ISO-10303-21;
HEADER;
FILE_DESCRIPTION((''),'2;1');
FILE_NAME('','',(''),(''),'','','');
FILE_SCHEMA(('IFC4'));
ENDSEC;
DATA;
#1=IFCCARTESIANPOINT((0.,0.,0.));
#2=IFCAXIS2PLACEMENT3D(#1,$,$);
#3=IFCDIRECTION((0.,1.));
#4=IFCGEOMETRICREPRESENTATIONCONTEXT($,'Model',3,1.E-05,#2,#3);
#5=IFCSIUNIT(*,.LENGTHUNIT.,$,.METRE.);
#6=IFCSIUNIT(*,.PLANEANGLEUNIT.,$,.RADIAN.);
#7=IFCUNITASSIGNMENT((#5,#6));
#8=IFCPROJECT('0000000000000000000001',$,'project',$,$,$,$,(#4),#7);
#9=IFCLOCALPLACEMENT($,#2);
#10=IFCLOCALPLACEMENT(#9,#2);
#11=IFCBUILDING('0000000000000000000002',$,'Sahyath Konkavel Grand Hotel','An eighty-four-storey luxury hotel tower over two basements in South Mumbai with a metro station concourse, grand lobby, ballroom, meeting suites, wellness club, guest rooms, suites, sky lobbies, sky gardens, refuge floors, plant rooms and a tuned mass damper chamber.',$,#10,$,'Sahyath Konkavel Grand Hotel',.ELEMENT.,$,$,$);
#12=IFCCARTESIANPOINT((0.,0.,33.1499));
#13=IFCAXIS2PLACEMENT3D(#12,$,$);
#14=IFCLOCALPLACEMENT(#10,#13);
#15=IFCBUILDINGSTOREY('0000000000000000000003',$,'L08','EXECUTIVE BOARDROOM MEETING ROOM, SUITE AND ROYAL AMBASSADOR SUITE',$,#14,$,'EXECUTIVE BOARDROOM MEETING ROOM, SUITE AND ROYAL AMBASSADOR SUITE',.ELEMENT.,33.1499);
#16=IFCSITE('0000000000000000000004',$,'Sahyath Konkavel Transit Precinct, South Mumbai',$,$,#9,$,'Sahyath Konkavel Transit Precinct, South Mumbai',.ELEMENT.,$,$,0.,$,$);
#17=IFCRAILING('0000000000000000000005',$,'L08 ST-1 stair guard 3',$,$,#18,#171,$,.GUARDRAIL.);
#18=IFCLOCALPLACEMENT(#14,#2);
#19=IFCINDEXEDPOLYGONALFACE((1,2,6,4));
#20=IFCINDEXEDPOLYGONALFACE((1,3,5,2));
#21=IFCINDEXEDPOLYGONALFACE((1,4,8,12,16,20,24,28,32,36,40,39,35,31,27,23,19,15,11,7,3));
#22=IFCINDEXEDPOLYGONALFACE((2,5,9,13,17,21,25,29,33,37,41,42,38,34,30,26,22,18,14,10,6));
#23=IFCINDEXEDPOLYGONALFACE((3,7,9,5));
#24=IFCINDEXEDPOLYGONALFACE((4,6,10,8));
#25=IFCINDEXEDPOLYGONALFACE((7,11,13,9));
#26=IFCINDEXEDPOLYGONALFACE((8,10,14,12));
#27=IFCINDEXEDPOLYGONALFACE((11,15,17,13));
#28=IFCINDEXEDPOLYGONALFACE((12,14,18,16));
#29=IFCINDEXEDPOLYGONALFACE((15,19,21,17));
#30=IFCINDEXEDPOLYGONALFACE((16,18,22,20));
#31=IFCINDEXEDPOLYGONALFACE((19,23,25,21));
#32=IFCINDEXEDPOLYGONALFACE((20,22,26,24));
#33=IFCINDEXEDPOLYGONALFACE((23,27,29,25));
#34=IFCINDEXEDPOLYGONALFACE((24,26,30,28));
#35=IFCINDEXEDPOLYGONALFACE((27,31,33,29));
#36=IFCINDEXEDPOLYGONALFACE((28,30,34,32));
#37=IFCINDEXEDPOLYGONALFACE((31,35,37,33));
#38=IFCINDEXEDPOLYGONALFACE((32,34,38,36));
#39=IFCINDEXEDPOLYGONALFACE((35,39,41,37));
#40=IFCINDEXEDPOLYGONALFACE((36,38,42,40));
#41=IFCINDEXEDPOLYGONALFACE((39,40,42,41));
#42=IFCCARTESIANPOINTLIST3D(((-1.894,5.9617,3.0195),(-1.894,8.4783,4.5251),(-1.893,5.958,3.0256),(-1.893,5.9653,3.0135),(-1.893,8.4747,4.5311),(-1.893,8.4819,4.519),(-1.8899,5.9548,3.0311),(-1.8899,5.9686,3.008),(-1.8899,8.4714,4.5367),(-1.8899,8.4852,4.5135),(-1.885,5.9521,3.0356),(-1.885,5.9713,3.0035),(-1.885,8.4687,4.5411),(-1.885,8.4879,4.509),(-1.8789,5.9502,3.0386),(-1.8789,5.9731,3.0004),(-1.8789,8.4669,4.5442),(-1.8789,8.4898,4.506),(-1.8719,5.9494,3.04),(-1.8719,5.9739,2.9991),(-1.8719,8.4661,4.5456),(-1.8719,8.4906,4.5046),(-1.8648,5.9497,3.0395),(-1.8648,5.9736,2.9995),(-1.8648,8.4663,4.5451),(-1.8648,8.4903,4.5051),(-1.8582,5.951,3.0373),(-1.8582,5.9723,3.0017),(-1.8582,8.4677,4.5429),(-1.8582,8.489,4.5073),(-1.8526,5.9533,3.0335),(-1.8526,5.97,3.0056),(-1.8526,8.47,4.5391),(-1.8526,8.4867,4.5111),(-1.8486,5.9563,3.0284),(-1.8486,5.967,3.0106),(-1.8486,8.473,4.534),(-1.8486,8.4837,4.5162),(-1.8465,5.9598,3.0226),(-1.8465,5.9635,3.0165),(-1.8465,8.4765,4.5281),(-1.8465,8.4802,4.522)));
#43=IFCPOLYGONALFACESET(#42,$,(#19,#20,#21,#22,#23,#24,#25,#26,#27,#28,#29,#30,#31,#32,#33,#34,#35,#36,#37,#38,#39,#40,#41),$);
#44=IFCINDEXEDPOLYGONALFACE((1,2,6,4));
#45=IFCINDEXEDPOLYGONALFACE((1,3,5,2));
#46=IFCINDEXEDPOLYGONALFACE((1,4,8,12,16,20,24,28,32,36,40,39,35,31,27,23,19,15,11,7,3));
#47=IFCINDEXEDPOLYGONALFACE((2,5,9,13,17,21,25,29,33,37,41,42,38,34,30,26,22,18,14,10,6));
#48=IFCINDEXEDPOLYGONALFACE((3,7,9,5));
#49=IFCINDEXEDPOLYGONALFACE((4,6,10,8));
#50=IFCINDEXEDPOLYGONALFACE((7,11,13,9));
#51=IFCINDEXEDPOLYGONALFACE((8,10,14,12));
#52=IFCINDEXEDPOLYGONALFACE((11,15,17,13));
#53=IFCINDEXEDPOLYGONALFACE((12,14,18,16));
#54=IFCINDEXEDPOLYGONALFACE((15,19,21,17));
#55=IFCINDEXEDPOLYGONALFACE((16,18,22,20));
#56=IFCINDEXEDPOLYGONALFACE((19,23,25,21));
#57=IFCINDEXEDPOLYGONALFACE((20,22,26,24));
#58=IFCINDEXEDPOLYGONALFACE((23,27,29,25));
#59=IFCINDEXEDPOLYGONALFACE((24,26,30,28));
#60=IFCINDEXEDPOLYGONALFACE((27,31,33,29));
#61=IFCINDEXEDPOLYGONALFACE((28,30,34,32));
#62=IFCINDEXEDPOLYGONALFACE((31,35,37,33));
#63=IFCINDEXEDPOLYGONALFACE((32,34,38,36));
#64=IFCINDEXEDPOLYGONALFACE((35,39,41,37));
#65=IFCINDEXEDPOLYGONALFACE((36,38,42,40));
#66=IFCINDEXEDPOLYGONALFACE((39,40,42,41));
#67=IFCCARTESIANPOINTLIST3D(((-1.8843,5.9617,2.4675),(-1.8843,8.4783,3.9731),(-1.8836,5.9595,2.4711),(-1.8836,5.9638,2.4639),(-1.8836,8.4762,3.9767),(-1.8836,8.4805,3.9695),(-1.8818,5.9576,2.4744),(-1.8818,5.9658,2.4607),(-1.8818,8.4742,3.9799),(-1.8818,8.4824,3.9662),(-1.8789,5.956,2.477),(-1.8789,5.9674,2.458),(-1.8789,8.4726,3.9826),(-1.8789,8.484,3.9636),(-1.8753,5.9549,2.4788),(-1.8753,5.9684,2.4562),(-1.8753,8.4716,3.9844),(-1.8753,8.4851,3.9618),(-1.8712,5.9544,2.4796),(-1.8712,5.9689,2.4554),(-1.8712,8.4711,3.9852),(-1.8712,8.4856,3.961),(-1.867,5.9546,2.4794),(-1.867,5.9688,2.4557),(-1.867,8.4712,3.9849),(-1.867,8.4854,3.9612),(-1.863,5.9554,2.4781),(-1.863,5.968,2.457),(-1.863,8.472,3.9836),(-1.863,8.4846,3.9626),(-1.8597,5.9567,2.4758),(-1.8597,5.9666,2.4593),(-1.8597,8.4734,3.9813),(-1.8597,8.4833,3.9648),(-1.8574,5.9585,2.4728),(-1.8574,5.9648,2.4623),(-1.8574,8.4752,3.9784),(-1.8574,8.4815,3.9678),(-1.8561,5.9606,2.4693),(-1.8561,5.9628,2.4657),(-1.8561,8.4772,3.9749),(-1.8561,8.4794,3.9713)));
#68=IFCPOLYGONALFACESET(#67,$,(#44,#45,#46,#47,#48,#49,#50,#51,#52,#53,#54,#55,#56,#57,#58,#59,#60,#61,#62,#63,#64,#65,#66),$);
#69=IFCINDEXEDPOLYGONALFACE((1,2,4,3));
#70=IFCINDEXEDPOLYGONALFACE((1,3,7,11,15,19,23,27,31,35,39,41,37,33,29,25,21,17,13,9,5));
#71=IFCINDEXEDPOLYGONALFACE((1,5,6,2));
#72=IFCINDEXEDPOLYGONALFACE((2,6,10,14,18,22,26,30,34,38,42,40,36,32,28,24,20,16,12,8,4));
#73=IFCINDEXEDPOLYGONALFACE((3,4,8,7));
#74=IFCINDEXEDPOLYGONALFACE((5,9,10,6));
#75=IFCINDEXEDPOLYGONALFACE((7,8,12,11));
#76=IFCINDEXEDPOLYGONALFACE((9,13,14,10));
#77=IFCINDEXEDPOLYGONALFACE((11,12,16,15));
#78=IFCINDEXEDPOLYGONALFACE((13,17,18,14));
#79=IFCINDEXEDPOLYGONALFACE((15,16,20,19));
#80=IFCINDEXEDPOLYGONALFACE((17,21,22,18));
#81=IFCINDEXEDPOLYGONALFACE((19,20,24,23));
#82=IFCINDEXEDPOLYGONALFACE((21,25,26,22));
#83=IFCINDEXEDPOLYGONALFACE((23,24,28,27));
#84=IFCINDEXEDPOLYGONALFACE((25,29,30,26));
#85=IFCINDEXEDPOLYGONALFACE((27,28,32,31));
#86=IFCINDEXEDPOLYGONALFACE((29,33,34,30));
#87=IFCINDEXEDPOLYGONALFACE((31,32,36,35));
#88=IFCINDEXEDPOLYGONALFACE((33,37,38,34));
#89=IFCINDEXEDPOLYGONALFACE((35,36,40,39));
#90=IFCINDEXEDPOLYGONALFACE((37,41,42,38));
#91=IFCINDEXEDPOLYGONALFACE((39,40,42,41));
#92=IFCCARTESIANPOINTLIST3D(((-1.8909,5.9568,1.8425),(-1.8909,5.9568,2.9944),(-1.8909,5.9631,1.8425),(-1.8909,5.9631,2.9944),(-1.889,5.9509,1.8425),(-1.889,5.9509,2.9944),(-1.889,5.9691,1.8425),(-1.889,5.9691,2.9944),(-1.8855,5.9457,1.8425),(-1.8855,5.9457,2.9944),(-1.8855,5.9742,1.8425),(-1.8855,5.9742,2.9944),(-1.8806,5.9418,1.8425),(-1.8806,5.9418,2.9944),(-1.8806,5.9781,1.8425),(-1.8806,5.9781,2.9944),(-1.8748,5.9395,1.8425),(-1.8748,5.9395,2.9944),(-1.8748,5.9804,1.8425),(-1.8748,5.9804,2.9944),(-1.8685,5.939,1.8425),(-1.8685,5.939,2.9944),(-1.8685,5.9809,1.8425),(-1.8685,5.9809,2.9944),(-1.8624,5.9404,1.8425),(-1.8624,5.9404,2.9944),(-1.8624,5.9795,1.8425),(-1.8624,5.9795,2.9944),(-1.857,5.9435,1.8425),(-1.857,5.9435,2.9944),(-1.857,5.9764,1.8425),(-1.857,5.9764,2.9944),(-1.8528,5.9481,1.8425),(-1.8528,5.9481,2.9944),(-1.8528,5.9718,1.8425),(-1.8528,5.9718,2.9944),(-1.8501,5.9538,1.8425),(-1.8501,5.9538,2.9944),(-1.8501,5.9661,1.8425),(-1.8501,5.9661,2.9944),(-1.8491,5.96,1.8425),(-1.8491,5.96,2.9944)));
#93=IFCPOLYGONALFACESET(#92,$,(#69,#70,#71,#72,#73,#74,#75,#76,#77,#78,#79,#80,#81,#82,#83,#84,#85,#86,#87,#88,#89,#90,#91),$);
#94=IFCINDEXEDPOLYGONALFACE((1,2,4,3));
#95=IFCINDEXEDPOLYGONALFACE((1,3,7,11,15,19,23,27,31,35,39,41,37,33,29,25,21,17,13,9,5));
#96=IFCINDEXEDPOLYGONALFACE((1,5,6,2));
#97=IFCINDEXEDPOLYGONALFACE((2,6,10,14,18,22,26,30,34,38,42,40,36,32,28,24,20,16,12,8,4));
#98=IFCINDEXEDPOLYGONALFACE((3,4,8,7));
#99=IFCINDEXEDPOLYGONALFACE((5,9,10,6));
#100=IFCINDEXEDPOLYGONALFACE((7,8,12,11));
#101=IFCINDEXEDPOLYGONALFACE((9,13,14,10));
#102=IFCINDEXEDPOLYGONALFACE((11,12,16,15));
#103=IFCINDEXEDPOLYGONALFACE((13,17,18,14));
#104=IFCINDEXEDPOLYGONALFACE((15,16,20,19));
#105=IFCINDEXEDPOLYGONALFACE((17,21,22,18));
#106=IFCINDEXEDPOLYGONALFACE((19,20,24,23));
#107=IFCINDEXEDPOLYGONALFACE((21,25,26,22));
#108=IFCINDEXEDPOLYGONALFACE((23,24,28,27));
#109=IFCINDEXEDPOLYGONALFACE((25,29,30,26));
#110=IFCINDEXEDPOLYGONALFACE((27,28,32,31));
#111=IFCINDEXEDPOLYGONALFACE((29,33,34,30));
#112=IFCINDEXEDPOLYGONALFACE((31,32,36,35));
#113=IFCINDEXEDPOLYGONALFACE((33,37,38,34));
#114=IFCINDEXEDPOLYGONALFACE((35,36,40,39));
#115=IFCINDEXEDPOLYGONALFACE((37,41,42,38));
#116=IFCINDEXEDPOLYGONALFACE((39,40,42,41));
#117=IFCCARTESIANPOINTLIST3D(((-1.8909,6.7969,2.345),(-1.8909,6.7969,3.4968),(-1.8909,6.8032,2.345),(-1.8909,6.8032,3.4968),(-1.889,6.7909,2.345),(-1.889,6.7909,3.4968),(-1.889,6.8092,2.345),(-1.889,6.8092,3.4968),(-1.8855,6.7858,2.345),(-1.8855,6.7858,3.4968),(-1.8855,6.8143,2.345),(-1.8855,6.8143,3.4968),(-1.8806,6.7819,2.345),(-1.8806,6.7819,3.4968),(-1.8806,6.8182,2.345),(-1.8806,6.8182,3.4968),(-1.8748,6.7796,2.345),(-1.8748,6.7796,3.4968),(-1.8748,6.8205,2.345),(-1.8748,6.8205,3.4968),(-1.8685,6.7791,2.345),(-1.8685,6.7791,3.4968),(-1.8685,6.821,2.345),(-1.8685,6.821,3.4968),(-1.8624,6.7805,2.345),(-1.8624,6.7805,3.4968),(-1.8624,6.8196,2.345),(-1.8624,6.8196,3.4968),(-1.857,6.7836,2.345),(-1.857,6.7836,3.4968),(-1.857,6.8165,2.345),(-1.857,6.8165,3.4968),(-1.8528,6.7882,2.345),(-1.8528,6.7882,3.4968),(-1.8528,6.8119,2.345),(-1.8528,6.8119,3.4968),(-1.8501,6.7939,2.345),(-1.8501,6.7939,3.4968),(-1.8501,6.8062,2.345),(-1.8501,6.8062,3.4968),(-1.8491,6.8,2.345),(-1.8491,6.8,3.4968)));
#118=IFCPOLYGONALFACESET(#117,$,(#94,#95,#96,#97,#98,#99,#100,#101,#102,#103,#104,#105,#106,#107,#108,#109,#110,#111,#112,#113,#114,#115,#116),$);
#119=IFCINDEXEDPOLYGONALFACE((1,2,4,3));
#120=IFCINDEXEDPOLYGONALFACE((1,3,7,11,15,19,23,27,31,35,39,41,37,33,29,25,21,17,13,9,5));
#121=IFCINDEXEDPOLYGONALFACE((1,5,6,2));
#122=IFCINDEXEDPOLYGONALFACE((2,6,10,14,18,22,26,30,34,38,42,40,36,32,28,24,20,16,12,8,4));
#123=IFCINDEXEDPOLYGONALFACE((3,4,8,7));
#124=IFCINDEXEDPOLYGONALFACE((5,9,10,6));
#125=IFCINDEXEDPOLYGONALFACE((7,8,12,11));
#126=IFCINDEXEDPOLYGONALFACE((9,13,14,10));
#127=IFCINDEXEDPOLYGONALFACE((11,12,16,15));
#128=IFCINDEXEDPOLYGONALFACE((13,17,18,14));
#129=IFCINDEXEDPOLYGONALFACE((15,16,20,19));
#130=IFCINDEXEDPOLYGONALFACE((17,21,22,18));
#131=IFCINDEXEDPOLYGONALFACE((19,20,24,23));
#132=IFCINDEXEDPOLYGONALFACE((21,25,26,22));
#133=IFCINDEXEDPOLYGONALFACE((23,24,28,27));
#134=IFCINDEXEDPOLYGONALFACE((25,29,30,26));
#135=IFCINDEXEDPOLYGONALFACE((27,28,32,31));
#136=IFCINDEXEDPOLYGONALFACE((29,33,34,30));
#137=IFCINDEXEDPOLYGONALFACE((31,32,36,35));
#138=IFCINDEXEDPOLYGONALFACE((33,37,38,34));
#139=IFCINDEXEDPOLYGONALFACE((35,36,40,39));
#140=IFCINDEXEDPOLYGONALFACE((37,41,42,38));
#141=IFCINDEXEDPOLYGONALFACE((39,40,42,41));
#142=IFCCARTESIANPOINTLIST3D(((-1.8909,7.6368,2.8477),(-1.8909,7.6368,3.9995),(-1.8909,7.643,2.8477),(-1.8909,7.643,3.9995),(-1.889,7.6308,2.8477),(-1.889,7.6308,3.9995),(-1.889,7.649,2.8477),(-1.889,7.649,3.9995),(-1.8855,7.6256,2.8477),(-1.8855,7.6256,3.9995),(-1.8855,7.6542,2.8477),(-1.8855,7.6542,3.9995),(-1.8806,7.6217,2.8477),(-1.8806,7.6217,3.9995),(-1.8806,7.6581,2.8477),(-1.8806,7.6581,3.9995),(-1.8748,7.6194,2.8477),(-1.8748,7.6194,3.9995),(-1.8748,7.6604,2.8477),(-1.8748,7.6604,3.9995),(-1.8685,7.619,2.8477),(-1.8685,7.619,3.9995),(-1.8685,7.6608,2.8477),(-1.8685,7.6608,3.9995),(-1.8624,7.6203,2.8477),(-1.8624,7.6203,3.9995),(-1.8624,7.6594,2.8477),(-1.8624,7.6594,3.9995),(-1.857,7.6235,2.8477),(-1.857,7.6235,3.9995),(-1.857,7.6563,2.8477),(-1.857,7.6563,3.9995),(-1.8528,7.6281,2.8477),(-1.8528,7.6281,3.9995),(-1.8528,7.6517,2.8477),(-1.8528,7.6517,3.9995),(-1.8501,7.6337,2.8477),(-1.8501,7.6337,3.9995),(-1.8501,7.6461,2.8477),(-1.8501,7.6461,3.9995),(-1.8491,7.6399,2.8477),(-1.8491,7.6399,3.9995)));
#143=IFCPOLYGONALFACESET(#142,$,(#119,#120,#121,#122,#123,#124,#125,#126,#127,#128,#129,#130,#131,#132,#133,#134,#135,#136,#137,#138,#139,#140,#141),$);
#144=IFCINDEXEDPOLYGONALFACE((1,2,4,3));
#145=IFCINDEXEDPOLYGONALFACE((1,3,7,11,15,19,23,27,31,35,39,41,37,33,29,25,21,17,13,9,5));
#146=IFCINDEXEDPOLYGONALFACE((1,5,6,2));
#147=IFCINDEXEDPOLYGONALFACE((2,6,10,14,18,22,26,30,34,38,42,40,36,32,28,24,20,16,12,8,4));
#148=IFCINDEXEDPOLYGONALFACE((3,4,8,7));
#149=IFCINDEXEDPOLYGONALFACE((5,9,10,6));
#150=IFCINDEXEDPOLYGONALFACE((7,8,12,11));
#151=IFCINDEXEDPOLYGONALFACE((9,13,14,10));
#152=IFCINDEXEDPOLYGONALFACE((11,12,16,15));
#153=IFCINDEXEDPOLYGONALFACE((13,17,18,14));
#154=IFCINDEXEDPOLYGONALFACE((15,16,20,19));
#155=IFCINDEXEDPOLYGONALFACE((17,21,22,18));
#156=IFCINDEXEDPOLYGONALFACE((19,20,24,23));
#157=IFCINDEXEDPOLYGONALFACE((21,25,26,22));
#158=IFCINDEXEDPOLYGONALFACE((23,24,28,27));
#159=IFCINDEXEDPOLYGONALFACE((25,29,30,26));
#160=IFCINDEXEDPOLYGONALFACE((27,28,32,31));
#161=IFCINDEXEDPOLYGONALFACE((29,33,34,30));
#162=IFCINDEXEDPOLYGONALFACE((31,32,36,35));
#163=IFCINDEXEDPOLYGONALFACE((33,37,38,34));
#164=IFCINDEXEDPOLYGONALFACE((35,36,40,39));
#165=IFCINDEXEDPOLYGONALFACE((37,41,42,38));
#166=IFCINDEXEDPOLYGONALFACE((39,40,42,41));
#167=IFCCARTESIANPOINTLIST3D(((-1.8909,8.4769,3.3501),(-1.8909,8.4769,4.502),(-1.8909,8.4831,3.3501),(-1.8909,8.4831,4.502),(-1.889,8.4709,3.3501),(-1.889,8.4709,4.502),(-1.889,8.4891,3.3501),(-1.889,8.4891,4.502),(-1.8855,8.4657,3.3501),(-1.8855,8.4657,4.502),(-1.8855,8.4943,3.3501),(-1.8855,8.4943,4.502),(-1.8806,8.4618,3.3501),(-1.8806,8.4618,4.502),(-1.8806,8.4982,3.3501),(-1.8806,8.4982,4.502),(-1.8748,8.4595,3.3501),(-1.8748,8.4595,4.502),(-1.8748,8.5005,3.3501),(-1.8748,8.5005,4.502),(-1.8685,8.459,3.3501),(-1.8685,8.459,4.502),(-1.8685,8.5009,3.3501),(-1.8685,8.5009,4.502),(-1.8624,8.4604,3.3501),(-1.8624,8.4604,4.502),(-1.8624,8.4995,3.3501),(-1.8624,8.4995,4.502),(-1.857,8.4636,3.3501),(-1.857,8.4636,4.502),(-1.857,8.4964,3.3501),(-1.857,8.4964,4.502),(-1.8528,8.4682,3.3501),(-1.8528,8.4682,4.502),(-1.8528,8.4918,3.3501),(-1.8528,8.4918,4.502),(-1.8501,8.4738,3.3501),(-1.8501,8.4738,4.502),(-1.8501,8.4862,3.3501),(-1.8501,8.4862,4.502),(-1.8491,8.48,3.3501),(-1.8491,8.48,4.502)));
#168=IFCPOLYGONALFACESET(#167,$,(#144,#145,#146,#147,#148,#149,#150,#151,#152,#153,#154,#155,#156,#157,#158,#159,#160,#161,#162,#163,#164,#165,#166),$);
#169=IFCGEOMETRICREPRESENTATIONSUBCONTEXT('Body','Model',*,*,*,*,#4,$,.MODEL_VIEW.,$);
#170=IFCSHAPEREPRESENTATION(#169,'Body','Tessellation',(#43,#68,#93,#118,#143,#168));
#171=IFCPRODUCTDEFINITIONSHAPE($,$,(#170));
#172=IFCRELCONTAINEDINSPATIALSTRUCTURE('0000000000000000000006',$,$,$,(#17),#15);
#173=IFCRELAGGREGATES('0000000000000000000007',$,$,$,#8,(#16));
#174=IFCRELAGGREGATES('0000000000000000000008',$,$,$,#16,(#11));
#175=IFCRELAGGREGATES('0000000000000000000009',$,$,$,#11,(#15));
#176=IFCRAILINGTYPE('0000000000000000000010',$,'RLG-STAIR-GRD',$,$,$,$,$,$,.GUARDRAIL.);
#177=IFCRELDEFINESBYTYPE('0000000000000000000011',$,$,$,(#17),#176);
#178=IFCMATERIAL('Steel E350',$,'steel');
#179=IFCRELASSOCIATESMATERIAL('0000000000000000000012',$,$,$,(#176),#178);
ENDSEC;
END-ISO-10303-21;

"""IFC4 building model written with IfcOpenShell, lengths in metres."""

from ifc_helpers import new_model, si_unit, direction, frame, origin, origin_2d, place, context, subcontext, project, spatial, circle, extrude, material, type_object, element, save


model = new_model("IFC4")

# Units and contexts
model_context = context("Model", 3, precision=1e-05, world=origin(), true_north=direction((0.0, 1.0)))
body_context = subcontext(model_context, "Body", "Model", "MODEL_VIEW")
ifc_project = project(units=[si_unit("LENGTHUNIT", "METRE"), si_unit("PLANEANGLEUNIT", "RADIAN")], contexts=[model_context])

# Site, building, storey
site_placement = place(None, origin())
site = spatial("IfcSite", under=ifc_project, at=site_placement, Name="Sahyath Konkavel Transit Precinct, South Mumbai", LongName="Sahyath Konkavel Transit Precinct, South Mumbai", CompositionType="ELEMENT", RefElevation=0.0)
building_placement = place(site_placement, origin())
building = spatial("IfcBuilding", under=site, at=building_placement, Name="Sahyath Konkavel Grand Hotel", Description="An eighty-four-storey luxury hotel tower over two basements in South Mumbai with a metro station concourse, grand lobby, ballroom, meeting suites, wellness club, guest rooms, suites, sky lobbies, sky gardens, refuge floors, plant rooms and a tuned mass damper chamber.", LongName="Sahyath Konkavel Grand Hotel", CompositionType="ELEMENT")
storey_placement = place(building_placement, frame((0.0, 0.0, 33.1499)))
storey = spatial("IfcBuildingStorey", under=building, at=storey_placement, Name="L08", Description="EXECUTIVE BOARDROOM MEETING ROOM, SUITE AND ROYAL AMBASSADOR SUITE", LongName="EXECUTIVE BOARDROOM MEETING ROOM, SUITE AND ROYAL AMBASSADOR SUITE", CompositionType="ELEMENT", Elevation=33.1499)

# Shared definitions
ifc_material_1 = material(Name="Steel E350", Category="steel")

# Railing
railing_type_1 = type_object("IfcRailingType", Name="RLG-STAIR-GRD", PredefinedType="GUARDRAIL", material=ifc_material_1)
railing_1_placement = place(storey_placement, frame((-1.8701, 5.96, 1.8425)))
element("IfcRailing", 1, at=railing_1_placement, inside=storey, type_object=railing_type_1, Name="L08 ST-1 stair guard 3", PredefinedType="GUARDRAIL", context=body_context, shape_type="SweptSolid", body=[
    extrude(circle(Radius=0.0239, at=origin_2d()), frame((0.0, 0.0017, 1.177), z_axis=(0.0, 0.85816, 0.513383), x_axis=(-1.0, 0.0, 0.0)), (0.0, 0.0, 1.0), 2.9326),
    extrude(circle(Radius=0.0142, at=origin_2d()), frame((0.0, 0.0017, 0.625), z_axis=(0.0, 0.85816, 0.513383), x_axis=(-1.0, 0.0, 0.0)), (0.0, 0.0, 1.0), 2.9326),
    extrude(circle(Radius=0.021, at=origin_2d()), origin(), (0.0, 0.0, 1.0), 1.1519),
    extrude(circle(Radius=0.021, at=origin_2d()), frame((0.0, 0.8401, 0.5024)), (0.0, 0.0, 1.0), 1.1519),
    extrude(circle(Radius=0.021, at=origin_2d()), frame((0.0, 1.6799, 1.0051)), (0.0, 0.0, 1.0), 1.1519),
    extrude(circle(Radius=0.021, at=origin_2d()), frame((0.0, 2.52, 1.5076)), (0.0, 0.0, 1.0), 1.1519),
])

save(model, "model.ifc")
